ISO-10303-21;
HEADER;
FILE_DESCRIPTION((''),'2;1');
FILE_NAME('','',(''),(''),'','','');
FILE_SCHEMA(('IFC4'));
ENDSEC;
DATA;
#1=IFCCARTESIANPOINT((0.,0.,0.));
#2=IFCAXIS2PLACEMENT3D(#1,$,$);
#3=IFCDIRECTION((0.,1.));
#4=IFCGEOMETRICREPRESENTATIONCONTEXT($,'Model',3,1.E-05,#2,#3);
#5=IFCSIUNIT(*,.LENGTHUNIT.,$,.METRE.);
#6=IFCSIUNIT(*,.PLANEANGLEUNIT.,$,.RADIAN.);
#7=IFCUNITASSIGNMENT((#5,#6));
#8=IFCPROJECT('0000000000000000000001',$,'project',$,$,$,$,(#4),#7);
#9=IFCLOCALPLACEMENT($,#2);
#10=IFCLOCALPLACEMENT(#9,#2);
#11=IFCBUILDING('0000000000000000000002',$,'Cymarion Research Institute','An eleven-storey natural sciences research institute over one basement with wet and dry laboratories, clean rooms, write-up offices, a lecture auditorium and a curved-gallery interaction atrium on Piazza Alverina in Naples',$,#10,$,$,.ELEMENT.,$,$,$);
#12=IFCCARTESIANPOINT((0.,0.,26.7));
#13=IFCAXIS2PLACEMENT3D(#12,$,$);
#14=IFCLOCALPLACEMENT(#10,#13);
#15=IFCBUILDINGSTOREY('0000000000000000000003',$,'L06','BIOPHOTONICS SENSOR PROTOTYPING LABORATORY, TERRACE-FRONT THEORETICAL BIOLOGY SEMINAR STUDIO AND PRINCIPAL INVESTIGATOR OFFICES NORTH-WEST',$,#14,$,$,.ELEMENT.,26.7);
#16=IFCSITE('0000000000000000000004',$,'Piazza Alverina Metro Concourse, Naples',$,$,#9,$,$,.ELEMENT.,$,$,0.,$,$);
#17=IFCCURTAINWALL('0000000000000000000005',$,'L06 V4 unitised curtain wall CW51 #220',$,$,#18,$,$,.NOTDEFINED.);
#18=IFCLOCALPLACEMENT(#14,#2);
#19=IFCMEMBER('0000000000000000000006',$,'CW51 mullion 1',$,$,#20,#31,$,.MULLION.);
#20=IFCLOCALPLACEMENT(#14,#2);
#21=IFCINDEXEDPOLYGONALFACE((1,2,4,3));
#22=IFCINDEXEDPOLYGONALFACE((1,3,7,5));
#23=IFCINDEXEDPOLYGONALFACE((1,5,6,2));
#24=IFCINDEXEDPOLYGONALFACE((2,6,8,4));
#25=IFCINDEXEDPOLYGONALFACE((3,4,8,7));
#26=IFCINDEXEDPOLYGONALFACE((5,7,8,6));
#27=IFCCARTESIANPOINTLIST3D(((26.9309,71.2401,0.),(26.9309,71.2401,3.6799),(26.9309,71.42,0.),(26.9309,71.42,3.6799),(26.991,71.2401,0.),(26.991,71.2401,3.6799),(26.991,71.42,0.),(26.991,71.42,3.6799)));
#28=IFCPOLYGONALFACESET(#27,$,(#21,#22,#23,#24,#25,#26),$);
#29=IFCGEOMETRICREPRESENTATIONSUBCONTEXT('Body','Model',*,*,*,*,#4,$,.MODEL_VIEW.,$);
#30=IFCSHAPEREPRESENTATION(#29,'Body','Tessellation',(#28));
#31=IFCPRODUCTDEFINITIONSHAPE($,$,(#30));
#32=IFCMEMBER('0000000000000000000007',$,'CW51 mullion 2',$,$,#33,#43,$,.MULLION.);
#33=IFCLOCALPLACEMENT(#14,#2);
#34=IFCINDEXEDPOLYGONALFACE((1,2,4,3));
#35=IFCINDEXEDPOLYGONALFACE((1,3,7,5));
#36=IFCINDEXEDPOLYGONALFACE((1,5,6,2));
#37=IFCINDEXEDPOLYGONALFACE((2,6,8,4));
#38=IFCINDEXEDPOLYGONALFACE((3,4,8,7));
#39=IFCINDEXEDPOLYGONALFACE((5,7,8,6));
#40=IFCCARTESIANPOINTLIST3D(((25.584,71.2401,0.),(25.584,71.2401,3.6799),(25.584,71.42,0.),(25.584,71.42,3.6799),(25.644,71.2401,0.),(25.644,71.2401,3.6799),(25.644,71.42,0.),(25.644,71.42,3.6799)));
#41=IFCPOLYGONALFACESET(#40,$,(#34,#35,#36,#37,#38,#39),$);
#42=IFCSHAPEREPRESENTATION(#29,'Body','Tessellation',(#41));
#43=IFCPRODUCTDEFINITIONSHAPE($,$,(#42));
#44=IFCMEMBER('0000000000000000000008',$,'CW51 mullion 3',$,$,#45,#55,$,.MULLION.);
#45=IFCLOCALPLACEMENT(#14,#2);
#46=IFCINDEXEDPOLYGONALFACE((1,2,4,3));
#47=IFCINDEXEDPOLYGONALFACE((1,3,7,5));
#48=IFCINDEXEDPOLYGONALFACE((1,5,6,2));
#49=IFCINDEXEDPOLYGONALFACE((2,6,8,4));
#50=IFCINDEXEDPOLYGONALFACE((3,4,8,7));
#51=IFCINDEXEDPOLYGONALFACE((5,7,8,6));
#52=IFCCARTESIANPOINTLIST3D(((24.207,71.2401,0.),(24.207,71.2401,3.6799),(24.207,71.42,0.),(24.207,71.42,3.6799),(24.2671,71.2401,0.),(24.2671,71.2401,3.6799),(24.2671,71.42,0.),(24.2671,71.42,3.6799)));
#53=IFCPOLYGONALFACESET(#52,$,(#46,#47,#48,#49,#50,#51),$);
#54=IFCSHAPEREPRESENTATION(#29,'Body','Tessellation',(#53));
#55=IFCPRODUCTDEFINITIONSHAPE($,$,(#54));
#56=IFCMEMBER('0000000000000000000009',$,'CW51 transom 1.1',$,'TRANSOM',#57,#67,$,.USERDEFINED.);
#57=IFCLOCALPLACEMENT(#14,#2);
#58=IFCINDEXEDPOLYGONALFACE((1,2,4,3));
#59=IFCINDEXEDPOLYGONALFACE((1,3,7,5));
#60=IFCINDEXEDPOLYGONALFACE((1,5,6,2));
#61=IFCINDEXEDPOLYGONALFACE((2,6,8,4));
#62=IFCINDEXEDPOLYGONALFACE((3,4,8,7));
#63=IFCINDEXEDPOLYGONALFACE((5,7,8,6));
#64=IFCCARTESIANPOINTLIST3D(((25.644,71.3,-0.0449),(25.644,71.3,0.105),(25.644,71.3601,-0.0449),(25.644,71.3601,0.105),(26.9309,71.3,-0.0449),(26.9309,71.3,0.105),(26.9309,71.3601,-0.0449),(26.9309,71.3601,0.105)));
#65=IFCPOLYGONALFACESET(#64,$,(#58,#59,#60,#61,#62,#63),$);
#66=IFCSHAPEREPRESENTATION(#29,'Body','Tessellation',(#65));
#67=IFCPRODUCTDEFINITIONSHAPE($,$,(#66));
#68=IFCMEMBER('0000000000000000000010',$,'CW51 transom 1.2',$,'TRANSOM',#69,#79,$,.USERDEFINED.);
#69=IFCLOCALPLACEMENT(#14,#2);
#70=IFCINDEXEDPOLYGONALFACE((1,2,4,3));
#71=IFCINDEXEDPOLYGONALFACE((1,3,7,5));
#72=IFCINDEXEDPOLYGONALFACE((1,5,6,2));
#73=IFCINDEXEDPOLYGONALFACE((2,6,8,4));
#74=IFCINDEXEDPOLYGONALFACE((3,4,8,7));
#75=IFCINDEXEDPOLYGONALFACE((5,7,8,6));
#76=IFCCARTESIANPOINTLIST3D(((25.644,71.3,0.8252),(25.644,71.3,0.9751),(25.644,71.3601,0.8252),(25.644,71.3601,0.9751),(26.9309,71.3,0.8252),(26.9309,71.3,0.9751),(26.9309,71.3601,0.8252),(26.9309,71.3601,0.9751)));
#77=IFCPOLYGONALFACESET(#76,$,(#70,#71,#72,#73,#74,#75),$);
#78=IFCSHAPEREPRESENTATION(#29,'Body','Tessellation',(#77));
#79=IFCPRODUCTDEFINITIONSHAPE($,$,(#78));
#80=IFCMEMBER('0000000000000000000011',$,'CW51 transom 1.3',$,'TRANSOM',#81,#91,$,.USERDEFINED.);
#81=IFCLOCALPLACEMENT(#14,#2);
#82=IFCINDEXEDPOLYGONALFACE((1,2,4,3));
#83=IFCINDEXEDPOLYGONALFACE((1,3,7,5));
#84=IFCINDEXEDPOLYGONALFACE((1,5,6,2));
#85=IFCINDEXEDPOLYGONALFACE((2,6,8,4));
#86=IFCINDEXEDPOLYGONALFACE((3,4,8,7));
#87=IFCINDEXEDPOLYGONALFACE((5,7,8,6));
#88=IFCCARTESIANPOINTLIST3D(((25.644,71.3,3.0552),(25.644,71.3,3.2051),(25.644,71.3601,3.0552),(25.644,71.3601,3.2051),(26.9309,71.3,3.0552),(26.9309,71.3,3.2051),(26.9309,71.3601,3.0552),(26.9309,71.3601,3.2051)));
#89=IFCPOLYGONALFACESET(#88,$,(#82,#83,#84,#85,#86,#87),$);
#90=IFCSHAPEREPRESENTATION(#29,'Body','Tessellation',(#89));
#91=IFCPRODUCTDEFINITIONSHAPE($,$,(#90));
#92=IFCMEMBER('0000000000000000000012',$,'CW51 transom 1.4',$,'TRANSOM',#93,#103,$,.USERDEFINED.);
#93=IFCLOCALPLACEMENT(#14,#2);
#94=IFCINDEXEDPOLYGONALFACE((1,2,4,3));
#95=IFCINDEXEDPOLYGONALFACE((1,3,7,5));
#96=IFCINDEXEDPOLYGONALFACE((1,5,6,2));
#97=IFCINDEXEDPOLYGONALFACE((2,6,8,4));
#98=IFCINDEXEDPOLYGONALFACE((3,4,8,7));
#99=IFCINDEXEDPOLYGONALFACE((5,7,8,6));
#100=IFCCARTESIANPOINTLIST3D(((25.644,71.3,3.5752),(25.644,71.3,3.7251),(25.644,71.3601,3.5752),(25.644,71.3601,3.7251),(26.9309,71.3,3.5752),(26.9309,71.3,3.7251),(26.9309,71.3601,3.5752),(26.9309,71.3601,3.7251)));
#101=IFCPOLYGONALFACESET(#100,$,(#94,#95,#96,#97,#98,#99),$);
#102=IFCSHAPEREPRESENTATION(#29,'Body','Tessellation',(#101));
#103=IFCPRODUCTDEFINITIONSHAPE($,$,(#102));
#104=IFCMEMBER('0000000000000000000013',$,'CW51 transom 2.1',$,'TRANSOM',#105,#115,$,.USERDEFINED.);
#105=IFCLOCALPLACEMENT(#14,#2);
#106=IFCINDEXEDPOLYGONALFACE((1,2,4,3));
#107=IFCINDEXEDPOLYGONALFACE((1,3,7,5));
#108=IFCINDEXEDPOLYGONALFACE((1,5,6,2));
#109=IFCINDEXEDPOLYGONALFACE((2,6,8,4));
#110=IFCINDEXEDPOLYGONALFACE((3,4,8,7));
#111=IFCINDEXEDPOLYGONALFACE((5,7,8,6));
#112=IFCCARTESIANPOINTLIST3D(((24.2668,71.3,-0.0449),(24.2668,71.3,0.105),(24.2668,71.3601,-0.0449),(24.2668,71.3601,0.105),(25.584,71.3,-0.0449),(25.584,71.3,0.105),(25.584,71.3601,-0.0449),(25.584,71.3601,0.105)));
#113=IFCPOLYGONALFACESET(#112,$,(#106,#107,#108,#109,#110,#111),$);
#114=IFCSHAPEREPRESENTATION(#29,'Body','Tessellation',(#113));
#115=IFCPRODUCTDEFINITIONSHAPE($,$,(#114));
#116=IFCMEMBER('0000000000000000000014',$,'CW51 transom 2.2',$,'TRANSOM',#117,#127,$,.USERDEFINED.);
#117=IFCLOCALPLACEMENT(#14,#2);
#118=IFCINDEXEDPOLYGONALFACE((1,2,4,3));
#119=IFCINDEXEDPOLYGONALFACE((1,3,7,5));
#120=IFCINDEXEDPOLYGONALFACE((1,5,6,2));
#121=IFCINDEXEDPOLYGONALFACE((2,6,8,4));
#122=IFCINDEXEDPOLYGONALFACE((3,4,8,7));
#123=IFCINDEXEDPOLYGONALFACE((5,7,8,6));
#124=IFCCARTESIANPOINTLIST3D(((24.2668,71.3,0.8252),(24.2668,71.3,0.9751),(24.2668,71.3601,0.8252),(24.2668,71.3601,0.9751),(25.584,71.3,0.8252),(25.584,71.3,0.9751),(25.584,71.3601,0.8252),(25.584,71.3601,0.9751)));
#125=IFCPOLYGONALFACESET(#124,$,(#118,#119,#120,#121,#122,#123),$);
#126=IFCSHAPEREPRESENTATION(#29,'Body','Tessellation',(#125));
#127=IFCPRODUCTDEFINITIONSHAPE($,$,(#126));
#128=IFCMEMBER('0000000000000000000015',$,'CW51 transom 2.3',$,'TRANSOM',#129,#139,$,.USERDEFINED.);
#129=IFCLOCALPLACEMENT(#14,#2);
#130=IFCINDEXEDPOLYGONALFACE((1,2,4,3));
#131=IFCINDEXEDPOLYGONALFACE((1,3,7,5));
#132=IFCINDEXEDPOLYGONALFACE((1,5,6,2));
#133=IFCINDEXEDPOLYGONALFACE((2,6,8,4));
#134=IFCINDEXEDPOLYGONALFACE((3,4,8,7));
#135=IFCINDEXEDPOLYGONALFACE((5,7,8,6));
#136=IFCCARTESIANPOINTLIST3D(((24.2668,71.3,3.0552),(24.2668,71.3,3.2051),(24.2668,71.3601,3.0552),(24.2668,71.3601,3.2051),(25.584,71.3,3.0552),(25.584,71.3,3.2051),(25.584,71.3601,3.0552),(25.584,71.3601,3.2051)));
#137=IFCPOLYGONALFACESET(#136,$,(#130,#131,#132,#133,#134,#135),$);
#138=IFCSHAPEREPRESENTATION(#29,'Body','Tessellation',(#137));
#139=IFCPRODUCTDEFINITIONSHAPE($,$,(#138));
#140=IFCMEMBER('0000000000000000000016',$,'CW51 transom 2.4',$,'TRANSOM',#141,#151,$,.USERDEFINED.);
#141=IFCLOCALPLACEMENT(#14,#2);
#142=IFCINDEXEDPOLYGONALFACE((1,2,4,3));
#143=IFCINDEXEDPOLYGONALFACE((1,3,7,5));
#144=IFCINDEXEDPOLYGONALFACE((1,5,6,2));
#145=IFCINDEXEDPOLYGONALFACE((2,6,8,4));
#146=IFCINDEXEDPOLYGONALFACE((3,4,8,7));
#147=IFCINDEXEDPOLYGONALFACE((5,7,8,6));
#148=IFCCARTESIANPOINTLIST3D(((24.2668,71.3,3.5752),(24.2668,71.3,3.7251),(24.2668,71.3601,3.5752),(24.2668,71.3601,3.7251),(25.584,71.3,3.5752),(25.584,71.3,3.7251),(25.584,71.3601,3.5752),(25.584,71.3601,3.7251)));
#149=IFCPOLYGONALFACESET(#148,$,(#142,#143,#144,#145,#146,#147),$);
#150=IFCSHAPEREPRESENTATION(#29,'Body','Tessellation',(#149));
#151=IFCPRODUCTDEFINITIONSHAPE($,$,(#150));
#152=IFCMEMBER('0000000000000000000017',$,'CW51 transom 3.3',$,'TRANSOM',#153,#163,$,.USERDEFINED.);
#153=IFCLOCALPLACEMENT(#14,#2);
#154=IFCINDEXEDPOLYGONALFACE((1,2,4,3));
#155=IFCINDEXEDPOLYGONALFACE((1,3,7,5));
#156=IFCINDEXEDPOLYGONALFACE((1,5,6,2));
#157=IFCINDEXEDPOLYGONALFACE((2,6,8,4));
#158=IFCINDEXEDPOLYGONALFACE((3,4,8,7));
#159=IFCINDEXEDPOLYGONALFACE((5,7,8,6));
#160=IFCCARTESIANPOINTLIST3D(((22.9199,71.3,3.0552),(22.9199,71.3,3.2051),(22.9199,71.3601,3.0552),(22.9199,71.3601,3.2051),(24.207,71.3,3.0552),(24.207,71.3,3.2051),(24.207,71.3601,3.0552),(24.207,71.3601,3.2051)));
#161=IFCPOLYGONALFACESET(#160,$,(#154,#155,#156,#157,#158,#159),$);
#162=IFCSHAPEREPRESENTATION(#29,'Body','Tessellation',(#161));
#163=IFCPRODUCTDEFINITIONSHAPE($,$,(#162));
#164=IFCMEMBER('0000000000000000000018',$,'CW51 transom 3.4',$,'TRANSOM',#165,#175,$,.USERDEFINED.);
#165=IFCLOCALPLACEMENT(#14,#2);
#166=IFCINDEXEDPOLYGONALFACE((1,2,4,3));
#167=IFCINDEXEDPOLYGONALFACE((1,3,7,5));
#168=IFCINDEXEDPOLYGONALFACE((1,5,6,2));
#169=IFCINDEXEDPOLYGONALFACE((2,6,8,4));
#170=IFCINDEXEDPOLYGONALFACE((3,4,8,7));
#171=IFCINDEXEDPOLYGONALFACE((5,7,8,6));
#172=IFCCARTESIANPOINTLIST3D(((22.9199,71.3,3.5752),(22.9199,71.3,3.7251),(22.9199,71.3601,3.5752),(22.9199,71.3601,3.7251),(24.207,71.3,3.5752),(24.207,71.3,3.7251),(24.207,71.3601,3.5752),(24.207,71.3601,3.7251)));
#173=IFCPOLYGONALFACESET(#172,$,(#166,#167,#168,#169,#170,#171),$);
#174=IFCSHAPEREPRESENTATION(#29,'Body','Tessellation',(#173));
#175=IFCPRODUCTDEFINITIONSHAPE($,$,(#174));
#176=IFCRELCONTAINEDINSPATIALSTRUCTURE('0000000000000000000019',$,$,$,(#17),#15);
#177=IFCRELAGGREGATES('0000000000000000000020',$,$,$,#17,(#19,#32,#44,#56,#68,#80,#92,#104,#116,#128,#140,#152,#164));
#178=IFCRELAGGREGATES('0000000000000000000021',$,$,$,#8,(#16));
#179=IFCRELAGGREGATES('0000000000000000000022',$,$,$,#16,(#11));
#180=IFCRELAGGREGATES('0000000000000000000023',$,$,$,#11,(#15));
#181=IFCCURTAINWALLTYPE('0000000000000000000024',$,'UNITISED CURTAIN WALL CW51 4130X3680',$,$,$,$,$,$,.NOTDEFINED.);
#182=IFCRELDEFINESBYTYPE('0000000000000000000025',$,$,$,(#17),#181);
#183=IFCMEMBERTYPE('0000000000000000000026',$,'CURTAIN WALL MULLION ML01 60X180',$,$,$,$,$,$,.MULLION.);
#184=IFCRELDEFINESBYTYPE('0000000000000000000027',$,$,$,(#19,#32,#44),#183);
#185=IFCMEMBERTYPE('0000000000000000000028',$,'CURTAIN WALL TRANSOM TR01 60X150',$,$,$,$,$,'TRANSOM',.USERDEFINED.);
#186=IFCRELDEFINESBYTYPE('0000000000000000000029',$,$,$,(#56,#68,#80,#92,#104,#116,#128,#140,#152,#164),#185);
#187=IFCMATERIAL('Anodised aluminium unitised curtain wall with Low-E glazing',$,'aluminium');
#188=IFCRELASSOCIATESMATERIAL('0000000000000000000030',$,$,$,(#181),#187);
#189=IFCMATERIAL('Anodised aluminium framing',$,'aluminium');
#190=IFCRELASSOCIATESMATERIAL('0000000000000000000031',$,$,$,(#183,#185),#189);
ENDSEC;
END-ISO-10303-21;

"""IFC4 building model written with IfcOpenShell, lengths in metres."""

from ifc_helpers import new_model, si_unit, direction, frame, origin, origin_2d, place, context, subcontext, project, spatial, rectangle, extrude, material, material_profile, profile_set, type_object, element, aggregate, save


model = new_model("IFC4")

# Units and contexts
model_context = context("Model", 3, precision=1e-05, world=origin(), true_north=direction((0.0, 1.0)))
body_context = subcontext(model_context, "Body", "Model", "MODEL_VIEW")
ifc_project = project(units=[si_unit("LENGTHUNIT", "METRE"), si_unit("PLANEANGLEUNIT", "RADIAN")], contexts=[model_context])

# Site, building, storey
site_placement = place(None, origin())
site = spatial("IfcSite", under=ifc_project, at=site_placement, Name="Piazza Alverina Metro Concourse, Naples", CompositionType="ELEMENT", RefElevation=0.0)
building_placement = place(site_placement, origin())
building = spatial("IfcBuilding", under=site, at=building_placement, Name="Cymarion Research Institute", Description="An eleven-storey natural sciences research institute over one basement with wet and dry laboratories, clean rooms, write-up offices, a lecture auditorium and a curved-gallery interaction atrium on Piazza Alverina in Naples", CompositionType="ELEMENT")
storey_placement = place(building_placement, frame((0.0, 0.0, 26.7)))
storey = spatial("IfcBuildingStorey", under=building, at=storey_placement, Name="L06", Description="BIOPHOTONICS SENSOR PROTOTYPING LABORATORY, TERRACE-FRONT THEORETICAL BIOLOGY SEMINAR STUDIO AND PRINCIPAL INVESTIGATOR OFFICES NORTH-WEST", CompositionType="ELEMENT", Elevation=26.7)

# Curtain wall, members
ifc_material_1 = material(Name="Anodised aluminium unitised curtain wall with Low-E glazing", Category="aluminium")
curtain_wall_type = type_object("IfcCurtainWallType", Name="UNITISED CURTAIN WALL CW51 4130X3680", PredefinedType="NOTDEFINED", material=ifc_material_1)
curtain_wall_placement = place(storey_placement, origin())
curtain_wall = element("IfcCurtainWall", 1, at=curtain_wall_placement, inside=storey, type_object=curtain_wall_type, Name="L06 V4 unitised curtain wall CW51 #220", PredefinedType="NOTDEFINED")
ifc_material_2 = material(Name="Anodised aluminium framing", Category="aluminium")
ifc_material_profile_1 = material_profile(ifc_material_2, rectangle(XDim=0.0601, YDim=0.1799, at=origin_2d()), Name="ALU MULLION 60x180")
ifc_profile_set_1 = profile_set([ifc_material_profile_1], Name="Anodised aluminium framing")
member_type_1 = type_object("IfcMemberType", Name="CURTAIN WALL MULLION ML01 60X180", PredefinedType="MULLION", material=ifc_profile_set_1)
member_1_placement = place(storey_placement, frame((26.9609, 71.3301, 0.0), z_axis=(0.0, 0.0, 1.0), x_axis=(-1.0, 0.0, 0.0)))
member_1 = element("IfcMember", 2, at=member_1_placement, type_object=member_type_1, Name="CW51 mullion 1", PredefinedType="MULLION", context=body_context, shape_type="SweptSolid", body=[
    extrude(rectangle(XDim=0.0601, YDim=0.1799, at=origin_2d()), origin(), (0.0, 0.0, 1.0), 3.6799),
])
member_2_placement = place(storey_placement, frame((25.614, 71.3301, 0.0), z_axis=(0.0, 0.0, 1.0), x_axis=(-1.0, 0.0, 0.0)))
member_2 = element("IfcMember", 3, at=member_2_placement, type_object=member_type_1, Name="CW51 mullion 2", PredefinedType="MULLION", context=body_context, shape_type="SweptSolid", body=[
    extrude(rectangle(XDim=0.0601, YDim=0.1799, at=origin_2d()), origin(), (0.0, 0.0, 1.0), 3.6799),
])
member_3_placement = place(storey_placement, frame((24.2371, 71.3301, 0.0), z_axis=(0.0, 0.0, 1.0), x_axis=(-1.0, 0.0, 0.0)))
member_3 = element("IfcMember", 4, at=member_3_placement, type_object=member_type_1, Name="CW51 mullion 3", PredefinedType="MULLION", context=body_context, shape_type="SweptSolid", body=[
    extrude(rectangle(XDim=0.0601, YDim=0.1799, at=origin_2d()), origin(), (0.0, 0.0, 1.0), 3.6799),
])
ifc_material_profile_2 = material_profile(ifc_material_2, rectangle(XDim=0.0601, YDim=0.1499, at=origin_2d()), Name="ALU TRANSOM 60x150")
ifc_profile_set_2 = profile_set([ifc_material_profile_2], Name="Anodised aluminium framing")
member_type_2 = type_object("IfcMemberType", Name="CURTAIN WALL TRANSOM TR01 60X150", ElementType="TRANSOM", PredefinedType="USERDEFINED", material=ifc_profile_set_2)
member_4_placement = place(storey_placement, frame((26.9309, 71.3301, 0.03), z_axis=(-1.0, 0.0, 0.0), x_axis=(0.0, -1.0, 0.0)))
member_4 = element("IfcMember", 5, at=member_4_placement, type_object=member_type_2, Name="CW51 transom 1.1", ObjectType="TRANSOM", PredefinedType="USERDEFINED", context=body_context, shape_type="SweptSolid", body=[
    extrude(rectangle(XDim=0.0601, YDim=0.1499, at=origin_2d()), origin(), (0.0, 0.0, 1.0), 1.2869),
])
member_5_placement = place(storey_placement, frame((26.9309, 71.3301, 0.9001), z_axis=(-1.0, 0.0, 0.0), x_axis=(0.0, -1.0, 0.0)))
member_5 = element("IfcMember", 6, at=member_5_placement, type_object=member_type_2, Name="CW51 transom 1.2", ObjectType="TRANSOM", PredefinedType="USERDEFINED", context=body_context, shape_type="SweptSolid", body=[
    extrude(rectangle(XDim=0.0601, YDim=0.1499, at=origin_2d()), origin(), (0.0, 0.0, 1.0), 1.2869),
])
member_6_placement = place(storey_placement, frame((26.9309, 71.3301, 3.1301), z_axis=(-1.0, 0.0, 0.0), x_axis=(0.0, -1.0, 0.0)))
member_6 = element("IfcMember", 7, at=member_6_placement, type_object=member_type_2, Name="CW51 transom 1.3", ObjectType="TRANSOM", PredefinedType="USERDEFINED", context=body_context, shape_type="SweptSolid", body=[
    extrude(rectangle(XDim=0.0601, YDim=0.1499, at=origin_2d()), origin(), (0.0, 0.0, 1.0), 1.2869),
])
member_7_placement = place(storey_placement, frame((26.9309, 71.3301, 3.6501), z_axis=(-1.0, 0.0, 0.0), x_axis=(0.0, -1.0, 0.0)))
member_7 = element("IfcMember", 8, at=member_7_placement, type_object=member_type_2, Name="CW51 transom 1.4", ObjectType="TRANSOM", PredefinedType="USERDEFINED", context=body_context, shape_type="SweptSolid", body=[
    extrude(rectangle(XDim=0.0601, YDim=0.1499, at=origin_2d()), origin(), (0.0, 0.0, 1.0), 1.2869),
])
member_8_placement = place(storey_placement, frame((25.584, 71.3301, 0.03), z_axis=(-1.0, 0.0, 0.0), x_axis=(0.0, -1.0, 0.0)))
member_8 = element("IfcMember", 9, at=member_8_placement, type_object=member_type_2, Name="CW51 transom 2.1", ObjectType="TRANSOM", PredefinedType="USERDEFINED", context=body_context, shape_type="SweptSolid", body=[
    extrude(rectangle(XDim=0.0601, YDim=0.1499, at=origin_2d()), origin(), (0.0, 0.0, 1.0), 1.3171),
])
member_9_placement = place(storey_placement, frame((25.584, 71.3301, 0.9001), z_axis=(-1.0, 0.0, 0.0), x_axis=(0.0, -1.0, 0.0)))
member_9 = element("IfcMember", 10, at=member_9_placement, type_object=member_type_2, Name="CW51 transom 2.2", ObjectType="TRANSOM", PredefinedType="USERDEFINED", context=body_context, shape_type="SweptSolid", body=[
    extrude(rectangle(XDim=0.0601, YDim=0.1499, at=origin_2d()), origin(), (0.0, 0.0, 1.0), 1.3171),
])
member_10_placement = place(storey_placement, frame((25.584, 71.3301, 3.1301), z_axis=(-1.0, 0.0, 0.0), x_axis=(0.0, -1.0, 0.0)))
member_10 = element("IfcMember", 11, at=member_10_placement, type_object=member_type_2, Name="CW51 transom 2.3", ObjectType="TRANSOM", PredefinedType="USERDEFINED", context=body_context, shape_type="SweptSolid", body=[
    extrude(rectangle(XDim=0.0601, YDim=0.1499, at=origin_2d()), origin(), (0.0, 0.0, 1.0), 1.3171),
])
member_11_placement = place(storey_placement, frame((25.584, 71.3301, 3.6501), z_axis=(-1.0, 0.0, 0.0), x_axis=(0.0, -1.0, 0.0)))
member_11 = element("IfcMember", 12, at=member_11_placement, type_object=member_type_2, Name="CW51 transom 2.4", ObjectType="TRANSOM", PredefinedType="USERDEFINED", context=body_context, shape_type="SweptSolid", body=[
    extrude(rectangle(XDim=0.0601, YDim=0.1499, at=origin_2d()), origin(), (0.0, 0.0, 1.0), 1.3171),
])
member_12_placement = place(storey_placement, frame((24.207, 71.3301, 3.1301), z_axis=(-1.0, 0.0, 0.0), x_axis=(0.0, -1.0, 0.0)))
member_12 = element("IfcMember", 13, at=member_12_placement, type_object=member_type_2, Name="CW51 transom 3.3", ObjectType="TRANSOM", PredefinedType="USERDEFINED", context=body_context, shape_type="SweptSolid", body=[
    extrude(rectangle(XDim=0.0601, YDim=0.1499, at=origin_2d()), origin(), (0.0, 0.0, 1.0), 1.2871),
])
member_13_placement = place(storey_placement, frame((24.207, 71.3301, 3.6501), z_axis=(-1.0, 0.0, 0.0), x_axis=(0.0, -1.0, 0.0)))
member_13 = element("IfcMember", 14, at=member_13_placement, type_object=member_type_2, Name="CW51 transom 3.4", ObjectType="TRANSOM", PredefinedType="USERDEFINED", context=body_context, shape_type="SweptSolid", body=[
    extrude(rectangle(XDim=0.0601, YDim=0.1499, at=origin_2d()), origin(), (0.0, 0.0, 1.0), 1.2871),
])

aggregate(curtain_wall, [member_1, member_2, member_3, member_4, member_5, member_6, member_7, member_8, member_9, member_10, member_11, member_12, member_13])

save(model, "model.ifc")
